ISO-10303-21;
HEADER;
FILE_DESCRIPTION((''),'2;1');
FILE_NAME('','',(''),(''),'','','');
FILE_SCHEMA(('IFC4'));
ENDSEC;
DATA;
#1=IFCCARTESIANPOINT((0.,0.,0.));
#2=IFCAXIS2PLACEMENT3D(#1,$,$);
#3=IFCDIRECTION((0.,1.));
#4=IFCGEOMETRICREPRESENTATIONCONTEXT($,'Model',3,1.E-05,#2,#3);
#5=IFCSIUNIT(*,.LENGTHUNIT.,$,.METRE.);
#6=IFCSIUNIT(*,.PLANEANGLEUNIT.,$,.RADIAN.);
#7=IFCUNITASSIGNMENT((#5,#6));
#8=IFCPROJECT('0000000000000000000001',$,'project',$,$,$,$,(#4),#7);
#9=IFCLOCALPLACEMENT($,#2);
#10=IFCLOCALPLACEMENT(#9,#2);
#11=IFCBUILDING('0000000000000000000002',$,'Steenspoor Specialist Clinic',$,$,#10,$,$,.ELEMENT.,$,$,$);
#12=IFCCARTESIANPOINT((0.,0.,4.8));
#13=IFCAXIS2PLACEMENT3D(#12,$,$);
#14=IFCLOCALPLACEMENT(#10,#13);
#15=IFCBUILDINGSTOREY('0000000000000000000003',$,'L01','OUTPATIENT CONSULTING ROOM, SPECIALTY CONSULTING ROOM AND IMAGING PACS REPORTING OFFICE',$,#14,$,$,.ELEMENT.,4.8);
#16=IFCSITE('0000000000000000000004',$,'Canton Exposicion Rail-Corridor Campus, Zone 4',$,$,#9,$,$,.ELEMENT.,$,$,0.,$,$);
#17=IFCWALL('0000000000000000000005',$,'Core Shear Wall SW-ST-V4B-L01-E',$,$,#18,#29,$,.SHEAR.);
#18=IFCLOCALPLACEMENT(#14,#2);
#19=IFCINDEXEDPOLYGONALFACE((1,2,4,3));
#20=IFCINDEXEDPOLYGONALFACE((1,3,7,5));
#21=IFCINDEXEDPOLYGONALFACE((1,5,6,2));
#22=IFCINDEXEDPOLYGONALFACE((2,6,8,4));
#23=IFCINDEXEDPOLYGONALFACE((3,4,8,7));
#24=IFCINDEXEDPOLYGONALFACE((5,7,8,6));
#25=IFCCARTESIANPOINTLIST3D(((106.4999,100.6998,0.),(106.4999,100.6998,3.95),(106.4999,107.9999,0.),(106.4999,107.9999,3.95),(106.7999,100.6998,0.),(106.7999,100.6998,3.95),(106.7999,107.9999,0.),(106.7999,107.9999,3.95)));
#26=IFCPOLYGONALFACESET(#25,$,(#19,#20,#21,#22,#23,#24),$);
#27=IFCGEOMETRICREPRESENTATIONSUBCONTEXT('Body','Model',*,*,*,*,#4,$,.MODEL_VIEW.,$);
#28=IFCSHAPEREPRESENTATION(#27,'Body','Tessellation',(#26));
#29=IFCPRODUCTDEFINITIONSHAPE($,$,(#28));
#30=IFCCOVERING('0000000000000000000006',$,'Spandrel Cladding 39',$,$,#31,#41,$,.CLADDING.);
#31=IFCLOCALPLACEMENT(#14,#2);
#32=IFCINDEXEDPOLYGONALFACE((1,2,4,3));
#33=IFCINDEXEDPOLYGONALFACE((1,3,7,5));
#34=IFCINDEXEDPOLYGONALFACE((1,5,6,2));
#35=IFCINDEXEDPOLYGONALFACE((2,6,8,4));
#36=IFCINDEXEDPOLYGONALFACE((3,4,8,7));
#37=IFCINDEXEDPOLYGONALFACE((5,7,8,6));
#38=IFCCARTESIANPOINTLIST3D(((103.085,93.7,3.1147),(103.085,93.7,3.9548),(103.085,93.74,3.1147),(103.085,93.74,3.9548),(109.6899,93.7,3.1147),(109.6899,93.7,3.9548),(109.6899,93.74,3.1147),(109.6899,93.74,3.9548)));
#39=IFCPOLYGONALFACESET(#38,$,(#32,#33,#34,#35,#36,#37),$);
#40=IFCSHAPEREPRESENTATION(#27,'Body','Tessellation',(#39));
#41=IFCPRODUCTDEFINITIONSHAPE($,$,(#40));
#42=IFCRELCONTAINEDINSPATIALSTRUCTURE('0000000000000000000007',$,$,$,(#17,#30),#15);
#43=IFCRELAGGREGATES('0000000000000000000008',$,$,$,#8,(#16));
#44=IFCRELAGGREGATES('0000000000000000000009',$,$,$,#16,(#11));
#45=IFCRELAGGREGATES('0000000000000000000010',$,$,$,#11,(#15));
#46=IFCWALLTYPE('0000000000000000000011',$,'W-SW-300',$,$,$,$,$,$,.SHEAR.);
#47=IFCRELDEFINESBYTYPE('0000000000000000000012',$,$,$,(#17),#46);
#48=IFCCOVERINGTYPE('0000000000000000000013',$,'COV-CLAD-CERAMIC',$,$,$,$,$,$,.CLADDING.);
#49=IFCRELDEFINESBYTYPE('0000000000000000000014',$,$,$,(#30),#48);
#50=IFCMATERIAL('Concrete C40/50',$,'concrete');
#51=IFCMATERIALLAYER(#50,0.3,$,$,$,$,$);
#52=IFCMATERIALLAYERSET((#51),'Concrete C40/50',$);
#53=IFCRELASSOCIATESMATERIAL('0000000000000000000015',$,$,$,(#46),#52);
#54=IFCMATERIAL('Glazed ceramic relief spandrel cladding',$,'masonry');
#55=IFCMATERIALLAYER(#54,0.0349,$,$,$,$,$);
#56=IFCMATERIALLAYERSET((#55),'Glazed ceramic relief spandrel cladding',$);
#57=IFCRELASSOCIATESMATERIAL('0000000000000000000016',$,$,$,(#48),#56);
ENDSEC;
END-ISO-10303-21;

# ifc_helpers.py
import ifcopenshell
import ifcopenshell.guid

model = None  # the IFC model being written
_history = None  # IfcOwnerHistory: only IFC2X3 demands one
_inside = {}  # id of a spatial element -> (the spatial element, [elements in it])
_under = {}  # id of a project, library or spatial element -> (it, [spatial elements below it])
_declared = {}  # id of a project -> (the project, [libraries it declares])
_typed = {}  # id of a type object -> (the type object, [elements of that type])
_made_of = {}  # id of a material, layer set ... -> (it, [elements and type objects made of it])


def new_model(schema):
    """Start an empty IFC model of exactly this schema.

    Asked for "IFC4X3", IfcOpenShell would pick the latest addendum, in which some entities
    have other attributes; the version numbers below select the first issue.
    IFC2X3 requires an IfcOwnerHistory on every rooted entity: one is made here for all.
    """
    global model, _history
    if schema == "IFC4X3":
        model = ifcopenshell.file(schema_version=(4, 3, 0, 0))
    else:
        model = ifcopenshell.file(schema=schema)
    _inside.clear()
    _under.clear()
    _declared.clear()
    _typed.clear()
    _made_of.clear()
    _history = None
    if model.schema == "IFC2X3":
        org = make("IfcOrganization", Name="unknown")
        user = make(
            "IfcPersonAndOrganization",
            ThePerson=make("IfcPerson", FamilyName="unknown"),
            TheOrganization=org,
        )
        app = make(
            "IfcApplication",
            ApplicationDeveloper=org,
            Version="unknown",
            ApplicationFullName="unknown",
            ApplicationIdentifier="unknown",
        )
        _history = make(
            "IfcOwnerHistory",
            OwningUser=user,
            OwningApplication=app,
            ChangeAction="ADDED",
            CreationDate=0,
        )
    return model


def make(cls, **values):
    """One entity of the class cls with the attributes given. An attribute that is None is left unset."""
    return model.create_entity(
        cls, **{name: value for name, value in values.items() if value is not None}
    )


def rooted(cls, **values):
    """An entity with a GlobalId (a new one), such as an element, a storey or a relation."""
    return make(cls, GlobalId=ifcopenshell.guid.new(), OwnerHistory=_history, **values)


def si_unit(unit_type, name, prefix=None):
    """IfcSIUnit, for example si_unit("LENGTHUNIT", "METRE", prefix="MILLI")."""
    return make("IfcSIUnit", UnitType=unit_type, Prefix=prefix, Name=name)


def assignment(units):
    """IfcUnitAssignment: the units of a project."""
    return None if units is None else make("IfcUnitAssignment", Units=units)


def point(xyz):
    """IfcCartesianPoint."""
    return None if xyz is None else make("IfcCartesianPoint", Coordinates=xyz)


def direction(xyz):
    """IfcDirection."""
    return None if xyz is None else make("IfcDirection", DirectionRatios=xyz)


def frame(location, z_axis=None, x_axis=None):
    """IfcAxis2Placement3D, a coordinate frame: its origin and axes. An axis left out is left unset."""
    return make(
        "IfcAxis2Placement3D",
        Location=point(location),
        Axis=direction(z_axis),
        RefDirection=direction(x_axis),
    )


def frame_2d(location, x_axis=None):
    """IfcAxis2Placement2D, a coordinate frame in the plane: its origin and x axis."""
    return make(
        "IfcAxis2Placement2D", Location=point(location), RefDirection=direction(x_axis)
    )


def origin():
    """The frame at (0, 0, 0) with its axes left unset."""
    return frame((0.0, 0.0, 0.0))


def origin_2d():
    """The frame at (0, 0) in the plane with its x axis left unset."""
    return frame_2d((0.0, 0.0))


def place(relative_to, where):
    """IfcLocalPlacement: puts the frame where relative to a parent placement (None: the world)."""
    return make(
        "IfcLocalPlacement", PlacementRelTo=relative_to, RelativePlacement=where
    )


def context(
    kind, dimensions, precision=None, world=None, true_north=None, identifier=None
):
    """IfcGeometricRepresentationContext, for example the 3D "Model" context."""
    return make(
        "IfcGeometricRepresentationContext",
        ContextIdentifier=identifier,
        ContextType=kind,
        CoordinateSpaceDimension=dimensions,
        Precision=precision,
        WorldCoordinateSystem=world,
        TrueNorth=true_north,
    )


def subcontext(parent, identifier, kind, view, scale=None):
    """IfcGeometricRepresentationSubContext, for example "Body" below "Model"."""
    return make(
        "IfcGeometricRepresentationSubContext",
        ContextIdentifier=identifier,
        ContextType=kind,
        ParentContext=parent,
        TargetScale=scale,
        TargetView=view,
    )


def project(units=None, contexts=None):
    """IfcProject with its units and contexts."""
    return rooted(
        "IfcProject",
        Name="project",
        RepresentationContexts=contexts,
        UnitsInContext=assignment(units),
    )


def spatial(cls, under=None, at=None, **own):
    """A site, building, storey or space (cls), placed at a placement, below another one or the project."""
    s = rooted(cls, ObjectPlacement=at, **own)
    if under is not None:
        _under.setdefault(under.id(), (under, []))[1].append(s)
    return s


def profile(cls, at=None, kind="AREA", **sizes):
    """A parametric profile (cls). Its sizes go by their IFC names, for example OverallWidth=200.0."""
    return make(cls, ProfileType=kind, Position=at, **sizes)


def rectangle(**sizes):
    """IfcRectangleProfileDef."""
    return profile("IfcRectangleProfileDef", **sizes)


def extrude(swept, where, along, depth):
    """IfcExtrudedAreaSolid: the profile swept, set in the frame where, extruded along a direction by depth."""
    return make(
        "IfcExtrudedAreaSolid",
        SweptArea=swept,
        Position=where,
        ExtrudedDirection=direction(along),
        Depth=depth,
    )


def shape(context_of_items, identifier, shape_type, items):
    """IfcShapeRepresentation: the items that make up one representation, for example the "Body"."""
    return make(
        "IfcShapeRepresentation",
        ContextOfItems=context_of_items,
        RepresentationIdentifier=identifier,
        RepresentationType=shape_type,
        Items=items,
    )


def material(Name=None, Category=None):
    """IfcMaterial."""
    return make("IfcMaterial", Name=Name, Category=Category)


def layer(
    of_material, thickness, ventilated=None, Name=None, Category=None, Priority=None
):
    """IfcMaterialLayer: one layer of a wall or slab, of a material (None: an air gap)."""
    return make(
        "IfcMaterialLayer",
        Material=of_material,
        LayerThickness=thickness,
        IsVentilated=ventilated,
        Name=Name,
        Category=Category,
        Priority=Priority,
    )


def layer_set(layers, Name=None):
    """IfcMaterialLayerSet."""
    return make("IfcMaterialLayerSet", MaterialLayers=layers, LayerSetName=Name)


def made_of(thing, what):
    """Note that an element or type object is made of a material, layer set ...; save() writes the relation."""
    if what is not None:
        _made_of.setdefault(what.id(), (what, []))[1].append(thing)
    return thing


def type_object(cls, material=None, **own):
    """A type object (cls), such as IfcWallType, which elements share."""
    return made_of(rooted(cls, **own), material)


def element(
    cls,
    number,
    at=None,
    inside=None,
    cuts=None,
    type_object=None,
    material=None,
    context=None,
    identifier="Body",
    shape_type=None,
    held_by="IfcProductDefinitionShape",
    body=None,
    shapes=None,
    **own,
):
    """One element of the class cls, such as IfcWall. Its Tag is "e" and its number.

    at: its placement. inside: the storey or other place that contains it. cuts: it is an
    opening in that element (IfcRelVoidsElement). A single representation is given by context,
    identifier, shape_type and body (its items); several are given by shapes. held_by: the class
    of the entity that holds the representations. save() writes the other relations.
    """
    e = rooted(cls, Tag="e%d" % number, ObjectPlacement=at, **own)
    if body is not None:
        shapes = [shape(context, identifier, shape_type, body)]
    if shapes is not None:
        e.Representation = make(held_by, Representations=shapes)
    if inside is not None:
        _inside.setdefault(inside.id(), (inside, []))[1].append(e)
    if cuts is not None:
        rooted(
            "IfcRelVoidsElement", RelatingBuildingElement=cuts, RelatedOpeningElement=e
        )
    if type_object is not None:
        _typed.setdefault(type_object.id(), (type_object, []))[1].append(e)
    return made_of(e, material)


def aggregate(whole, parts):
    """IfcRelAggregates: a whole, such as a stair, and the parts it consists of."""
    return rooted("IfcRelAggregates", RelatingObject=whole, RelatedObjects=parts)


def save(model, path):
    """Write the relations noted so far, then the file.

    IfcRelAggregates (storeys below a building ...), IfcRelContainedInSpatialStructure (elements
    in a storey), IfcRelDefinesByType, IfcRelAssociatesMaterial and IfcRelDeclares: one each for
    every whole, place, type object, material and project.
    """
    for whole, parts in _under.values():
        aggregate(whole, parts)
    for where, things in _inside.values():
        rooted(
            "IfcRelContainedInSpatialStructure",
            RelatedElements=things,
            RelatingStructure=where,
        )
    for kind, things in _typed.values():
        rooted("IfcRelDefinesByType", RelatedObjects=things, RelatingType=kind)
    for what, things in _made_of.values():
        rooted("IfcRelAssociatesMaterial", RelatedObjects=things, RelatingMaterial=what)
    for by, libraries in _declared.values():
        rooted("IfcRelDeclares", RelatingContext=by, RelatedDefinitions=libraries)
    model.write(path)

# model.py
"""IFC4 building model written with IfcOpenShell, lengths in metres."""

from ifc_helpers import new_model, si_unit, direction, frame, frame_2d, origin, origin_2d, place, context, subcontext, project, spatial, rectangle, extrude, material, layer, layer_set, type_object, element, save


model = new_model("IFC4")

# Units and contexts
model_context = context("Model", 3, precision=1e-05, world=origin(), true_north=direction((0.0, 1.0)))
body_context = subcontext(model_context, "Body", "Model", "MODEL_VIEW")
ifc_project = project(units=[si_unit("LENGTHUNIT", "METRE"), si_unit("PLANEANGLEUNIT", "RADIAN")], contexts=[model_context])

# Site, building, storey
site_placement = place(None, origin())
site = spatial("IfcSite", under=ifc_project, at=site_placement, Name="Canton Exposicion Rail-Corridor Campus, Zone 4", CompositionType="ELEMENT", RefElevation=0.0)
building_placement = place(site_placement, origin())
building = spatial("IfcBuilding", under=site, at=building_placement, Name="Steenspoor Specialist Clinic", CompositionType="ELEMENT")
storey_placement = place(building_placement, frame((0.0, 0.0, 4.8)))
storey = spatial("IfcBuildingStorey", under=building, at=storey_placement, Name="L01", Description="OUTPATIENT CONSULTING ROOM, SPECIALTY CONSULTING ROOM AND IMAGING PACS REPORTING OFFICE", CompositionType="ELEMENT", Elevation=4.8)

# Shared definitions
ifc_material_1 = material(Name="Concrete C40/50", Category="concrete")

# Shared definitions
ifc_layer_1 = layer(ifc_material_1, 0.3)
ifc_layer_set_1 = layer_set([ifc_layer_1], Name="Concrete C40/50")
wall_type_1 = type_object("IfcWallType", Name="W-SW-300", PredefinedType="SHEAR", material=ifc_layer_set_1)

# Wall
wall_1_placement = place(storey_placement, frame((106.6499, 100.7, 0.0), z_axis=(0.0, 0.0, 1.0), x_axis=(0.0, 1.0, 0.0)))
element("IfcWall", 1, at=wall_1_placement, inside=storey, type_object=wall_type_1, Name="Core Shear Wall SW-ST-V4B-L01-E", PredefinedType="SHEAR", context=body_context, shape_type="SweptSolid", body=[
    extrude(rectangle(XDim=7.3, YDim=0.3, at=frame_2d((3.6499, 0.0))), origin(), (0.0, 0.0, 1.0), 3.95),
])

# Covering
ifc_material_2 = material(Name="Glazed ceramic relief spandrel cladding", Category="masonry")
ifc_layer_2 = layer(ifc_material_2, 0.0349)
ifc_layer_set_2 = layer_set([ifc_layer_2], Name="Glazed ceramic relief spandrel cladding")
covering_type = type_object("IfcCoveringType", Name="COV-CLAD-CERAMIC", PredefinedType="CLADDING", material=ifc_layer_set_2)
covering_placement = place(storey_placement, frame((106.3875, 93.72, 3.1147), z_axis=(0.0, 0.0, 1.0), x_axis=(-1.0, 0.0, 0.0)))
element("IfcCovering", 2, at=covering_placement, inside=storey, type_object=covering_type, Name="Spandrel Cladding 39", PredefinedType="CLADDING", context=body_context, shape_type="SweptSolid", body=[
    extrude(rectangle(XDim=6.605, YDim=0.04, at=origin_2d()), origin(), (0.0, 0.0, 1.0), 0.8401),
])

save(model, "model.ifc")
